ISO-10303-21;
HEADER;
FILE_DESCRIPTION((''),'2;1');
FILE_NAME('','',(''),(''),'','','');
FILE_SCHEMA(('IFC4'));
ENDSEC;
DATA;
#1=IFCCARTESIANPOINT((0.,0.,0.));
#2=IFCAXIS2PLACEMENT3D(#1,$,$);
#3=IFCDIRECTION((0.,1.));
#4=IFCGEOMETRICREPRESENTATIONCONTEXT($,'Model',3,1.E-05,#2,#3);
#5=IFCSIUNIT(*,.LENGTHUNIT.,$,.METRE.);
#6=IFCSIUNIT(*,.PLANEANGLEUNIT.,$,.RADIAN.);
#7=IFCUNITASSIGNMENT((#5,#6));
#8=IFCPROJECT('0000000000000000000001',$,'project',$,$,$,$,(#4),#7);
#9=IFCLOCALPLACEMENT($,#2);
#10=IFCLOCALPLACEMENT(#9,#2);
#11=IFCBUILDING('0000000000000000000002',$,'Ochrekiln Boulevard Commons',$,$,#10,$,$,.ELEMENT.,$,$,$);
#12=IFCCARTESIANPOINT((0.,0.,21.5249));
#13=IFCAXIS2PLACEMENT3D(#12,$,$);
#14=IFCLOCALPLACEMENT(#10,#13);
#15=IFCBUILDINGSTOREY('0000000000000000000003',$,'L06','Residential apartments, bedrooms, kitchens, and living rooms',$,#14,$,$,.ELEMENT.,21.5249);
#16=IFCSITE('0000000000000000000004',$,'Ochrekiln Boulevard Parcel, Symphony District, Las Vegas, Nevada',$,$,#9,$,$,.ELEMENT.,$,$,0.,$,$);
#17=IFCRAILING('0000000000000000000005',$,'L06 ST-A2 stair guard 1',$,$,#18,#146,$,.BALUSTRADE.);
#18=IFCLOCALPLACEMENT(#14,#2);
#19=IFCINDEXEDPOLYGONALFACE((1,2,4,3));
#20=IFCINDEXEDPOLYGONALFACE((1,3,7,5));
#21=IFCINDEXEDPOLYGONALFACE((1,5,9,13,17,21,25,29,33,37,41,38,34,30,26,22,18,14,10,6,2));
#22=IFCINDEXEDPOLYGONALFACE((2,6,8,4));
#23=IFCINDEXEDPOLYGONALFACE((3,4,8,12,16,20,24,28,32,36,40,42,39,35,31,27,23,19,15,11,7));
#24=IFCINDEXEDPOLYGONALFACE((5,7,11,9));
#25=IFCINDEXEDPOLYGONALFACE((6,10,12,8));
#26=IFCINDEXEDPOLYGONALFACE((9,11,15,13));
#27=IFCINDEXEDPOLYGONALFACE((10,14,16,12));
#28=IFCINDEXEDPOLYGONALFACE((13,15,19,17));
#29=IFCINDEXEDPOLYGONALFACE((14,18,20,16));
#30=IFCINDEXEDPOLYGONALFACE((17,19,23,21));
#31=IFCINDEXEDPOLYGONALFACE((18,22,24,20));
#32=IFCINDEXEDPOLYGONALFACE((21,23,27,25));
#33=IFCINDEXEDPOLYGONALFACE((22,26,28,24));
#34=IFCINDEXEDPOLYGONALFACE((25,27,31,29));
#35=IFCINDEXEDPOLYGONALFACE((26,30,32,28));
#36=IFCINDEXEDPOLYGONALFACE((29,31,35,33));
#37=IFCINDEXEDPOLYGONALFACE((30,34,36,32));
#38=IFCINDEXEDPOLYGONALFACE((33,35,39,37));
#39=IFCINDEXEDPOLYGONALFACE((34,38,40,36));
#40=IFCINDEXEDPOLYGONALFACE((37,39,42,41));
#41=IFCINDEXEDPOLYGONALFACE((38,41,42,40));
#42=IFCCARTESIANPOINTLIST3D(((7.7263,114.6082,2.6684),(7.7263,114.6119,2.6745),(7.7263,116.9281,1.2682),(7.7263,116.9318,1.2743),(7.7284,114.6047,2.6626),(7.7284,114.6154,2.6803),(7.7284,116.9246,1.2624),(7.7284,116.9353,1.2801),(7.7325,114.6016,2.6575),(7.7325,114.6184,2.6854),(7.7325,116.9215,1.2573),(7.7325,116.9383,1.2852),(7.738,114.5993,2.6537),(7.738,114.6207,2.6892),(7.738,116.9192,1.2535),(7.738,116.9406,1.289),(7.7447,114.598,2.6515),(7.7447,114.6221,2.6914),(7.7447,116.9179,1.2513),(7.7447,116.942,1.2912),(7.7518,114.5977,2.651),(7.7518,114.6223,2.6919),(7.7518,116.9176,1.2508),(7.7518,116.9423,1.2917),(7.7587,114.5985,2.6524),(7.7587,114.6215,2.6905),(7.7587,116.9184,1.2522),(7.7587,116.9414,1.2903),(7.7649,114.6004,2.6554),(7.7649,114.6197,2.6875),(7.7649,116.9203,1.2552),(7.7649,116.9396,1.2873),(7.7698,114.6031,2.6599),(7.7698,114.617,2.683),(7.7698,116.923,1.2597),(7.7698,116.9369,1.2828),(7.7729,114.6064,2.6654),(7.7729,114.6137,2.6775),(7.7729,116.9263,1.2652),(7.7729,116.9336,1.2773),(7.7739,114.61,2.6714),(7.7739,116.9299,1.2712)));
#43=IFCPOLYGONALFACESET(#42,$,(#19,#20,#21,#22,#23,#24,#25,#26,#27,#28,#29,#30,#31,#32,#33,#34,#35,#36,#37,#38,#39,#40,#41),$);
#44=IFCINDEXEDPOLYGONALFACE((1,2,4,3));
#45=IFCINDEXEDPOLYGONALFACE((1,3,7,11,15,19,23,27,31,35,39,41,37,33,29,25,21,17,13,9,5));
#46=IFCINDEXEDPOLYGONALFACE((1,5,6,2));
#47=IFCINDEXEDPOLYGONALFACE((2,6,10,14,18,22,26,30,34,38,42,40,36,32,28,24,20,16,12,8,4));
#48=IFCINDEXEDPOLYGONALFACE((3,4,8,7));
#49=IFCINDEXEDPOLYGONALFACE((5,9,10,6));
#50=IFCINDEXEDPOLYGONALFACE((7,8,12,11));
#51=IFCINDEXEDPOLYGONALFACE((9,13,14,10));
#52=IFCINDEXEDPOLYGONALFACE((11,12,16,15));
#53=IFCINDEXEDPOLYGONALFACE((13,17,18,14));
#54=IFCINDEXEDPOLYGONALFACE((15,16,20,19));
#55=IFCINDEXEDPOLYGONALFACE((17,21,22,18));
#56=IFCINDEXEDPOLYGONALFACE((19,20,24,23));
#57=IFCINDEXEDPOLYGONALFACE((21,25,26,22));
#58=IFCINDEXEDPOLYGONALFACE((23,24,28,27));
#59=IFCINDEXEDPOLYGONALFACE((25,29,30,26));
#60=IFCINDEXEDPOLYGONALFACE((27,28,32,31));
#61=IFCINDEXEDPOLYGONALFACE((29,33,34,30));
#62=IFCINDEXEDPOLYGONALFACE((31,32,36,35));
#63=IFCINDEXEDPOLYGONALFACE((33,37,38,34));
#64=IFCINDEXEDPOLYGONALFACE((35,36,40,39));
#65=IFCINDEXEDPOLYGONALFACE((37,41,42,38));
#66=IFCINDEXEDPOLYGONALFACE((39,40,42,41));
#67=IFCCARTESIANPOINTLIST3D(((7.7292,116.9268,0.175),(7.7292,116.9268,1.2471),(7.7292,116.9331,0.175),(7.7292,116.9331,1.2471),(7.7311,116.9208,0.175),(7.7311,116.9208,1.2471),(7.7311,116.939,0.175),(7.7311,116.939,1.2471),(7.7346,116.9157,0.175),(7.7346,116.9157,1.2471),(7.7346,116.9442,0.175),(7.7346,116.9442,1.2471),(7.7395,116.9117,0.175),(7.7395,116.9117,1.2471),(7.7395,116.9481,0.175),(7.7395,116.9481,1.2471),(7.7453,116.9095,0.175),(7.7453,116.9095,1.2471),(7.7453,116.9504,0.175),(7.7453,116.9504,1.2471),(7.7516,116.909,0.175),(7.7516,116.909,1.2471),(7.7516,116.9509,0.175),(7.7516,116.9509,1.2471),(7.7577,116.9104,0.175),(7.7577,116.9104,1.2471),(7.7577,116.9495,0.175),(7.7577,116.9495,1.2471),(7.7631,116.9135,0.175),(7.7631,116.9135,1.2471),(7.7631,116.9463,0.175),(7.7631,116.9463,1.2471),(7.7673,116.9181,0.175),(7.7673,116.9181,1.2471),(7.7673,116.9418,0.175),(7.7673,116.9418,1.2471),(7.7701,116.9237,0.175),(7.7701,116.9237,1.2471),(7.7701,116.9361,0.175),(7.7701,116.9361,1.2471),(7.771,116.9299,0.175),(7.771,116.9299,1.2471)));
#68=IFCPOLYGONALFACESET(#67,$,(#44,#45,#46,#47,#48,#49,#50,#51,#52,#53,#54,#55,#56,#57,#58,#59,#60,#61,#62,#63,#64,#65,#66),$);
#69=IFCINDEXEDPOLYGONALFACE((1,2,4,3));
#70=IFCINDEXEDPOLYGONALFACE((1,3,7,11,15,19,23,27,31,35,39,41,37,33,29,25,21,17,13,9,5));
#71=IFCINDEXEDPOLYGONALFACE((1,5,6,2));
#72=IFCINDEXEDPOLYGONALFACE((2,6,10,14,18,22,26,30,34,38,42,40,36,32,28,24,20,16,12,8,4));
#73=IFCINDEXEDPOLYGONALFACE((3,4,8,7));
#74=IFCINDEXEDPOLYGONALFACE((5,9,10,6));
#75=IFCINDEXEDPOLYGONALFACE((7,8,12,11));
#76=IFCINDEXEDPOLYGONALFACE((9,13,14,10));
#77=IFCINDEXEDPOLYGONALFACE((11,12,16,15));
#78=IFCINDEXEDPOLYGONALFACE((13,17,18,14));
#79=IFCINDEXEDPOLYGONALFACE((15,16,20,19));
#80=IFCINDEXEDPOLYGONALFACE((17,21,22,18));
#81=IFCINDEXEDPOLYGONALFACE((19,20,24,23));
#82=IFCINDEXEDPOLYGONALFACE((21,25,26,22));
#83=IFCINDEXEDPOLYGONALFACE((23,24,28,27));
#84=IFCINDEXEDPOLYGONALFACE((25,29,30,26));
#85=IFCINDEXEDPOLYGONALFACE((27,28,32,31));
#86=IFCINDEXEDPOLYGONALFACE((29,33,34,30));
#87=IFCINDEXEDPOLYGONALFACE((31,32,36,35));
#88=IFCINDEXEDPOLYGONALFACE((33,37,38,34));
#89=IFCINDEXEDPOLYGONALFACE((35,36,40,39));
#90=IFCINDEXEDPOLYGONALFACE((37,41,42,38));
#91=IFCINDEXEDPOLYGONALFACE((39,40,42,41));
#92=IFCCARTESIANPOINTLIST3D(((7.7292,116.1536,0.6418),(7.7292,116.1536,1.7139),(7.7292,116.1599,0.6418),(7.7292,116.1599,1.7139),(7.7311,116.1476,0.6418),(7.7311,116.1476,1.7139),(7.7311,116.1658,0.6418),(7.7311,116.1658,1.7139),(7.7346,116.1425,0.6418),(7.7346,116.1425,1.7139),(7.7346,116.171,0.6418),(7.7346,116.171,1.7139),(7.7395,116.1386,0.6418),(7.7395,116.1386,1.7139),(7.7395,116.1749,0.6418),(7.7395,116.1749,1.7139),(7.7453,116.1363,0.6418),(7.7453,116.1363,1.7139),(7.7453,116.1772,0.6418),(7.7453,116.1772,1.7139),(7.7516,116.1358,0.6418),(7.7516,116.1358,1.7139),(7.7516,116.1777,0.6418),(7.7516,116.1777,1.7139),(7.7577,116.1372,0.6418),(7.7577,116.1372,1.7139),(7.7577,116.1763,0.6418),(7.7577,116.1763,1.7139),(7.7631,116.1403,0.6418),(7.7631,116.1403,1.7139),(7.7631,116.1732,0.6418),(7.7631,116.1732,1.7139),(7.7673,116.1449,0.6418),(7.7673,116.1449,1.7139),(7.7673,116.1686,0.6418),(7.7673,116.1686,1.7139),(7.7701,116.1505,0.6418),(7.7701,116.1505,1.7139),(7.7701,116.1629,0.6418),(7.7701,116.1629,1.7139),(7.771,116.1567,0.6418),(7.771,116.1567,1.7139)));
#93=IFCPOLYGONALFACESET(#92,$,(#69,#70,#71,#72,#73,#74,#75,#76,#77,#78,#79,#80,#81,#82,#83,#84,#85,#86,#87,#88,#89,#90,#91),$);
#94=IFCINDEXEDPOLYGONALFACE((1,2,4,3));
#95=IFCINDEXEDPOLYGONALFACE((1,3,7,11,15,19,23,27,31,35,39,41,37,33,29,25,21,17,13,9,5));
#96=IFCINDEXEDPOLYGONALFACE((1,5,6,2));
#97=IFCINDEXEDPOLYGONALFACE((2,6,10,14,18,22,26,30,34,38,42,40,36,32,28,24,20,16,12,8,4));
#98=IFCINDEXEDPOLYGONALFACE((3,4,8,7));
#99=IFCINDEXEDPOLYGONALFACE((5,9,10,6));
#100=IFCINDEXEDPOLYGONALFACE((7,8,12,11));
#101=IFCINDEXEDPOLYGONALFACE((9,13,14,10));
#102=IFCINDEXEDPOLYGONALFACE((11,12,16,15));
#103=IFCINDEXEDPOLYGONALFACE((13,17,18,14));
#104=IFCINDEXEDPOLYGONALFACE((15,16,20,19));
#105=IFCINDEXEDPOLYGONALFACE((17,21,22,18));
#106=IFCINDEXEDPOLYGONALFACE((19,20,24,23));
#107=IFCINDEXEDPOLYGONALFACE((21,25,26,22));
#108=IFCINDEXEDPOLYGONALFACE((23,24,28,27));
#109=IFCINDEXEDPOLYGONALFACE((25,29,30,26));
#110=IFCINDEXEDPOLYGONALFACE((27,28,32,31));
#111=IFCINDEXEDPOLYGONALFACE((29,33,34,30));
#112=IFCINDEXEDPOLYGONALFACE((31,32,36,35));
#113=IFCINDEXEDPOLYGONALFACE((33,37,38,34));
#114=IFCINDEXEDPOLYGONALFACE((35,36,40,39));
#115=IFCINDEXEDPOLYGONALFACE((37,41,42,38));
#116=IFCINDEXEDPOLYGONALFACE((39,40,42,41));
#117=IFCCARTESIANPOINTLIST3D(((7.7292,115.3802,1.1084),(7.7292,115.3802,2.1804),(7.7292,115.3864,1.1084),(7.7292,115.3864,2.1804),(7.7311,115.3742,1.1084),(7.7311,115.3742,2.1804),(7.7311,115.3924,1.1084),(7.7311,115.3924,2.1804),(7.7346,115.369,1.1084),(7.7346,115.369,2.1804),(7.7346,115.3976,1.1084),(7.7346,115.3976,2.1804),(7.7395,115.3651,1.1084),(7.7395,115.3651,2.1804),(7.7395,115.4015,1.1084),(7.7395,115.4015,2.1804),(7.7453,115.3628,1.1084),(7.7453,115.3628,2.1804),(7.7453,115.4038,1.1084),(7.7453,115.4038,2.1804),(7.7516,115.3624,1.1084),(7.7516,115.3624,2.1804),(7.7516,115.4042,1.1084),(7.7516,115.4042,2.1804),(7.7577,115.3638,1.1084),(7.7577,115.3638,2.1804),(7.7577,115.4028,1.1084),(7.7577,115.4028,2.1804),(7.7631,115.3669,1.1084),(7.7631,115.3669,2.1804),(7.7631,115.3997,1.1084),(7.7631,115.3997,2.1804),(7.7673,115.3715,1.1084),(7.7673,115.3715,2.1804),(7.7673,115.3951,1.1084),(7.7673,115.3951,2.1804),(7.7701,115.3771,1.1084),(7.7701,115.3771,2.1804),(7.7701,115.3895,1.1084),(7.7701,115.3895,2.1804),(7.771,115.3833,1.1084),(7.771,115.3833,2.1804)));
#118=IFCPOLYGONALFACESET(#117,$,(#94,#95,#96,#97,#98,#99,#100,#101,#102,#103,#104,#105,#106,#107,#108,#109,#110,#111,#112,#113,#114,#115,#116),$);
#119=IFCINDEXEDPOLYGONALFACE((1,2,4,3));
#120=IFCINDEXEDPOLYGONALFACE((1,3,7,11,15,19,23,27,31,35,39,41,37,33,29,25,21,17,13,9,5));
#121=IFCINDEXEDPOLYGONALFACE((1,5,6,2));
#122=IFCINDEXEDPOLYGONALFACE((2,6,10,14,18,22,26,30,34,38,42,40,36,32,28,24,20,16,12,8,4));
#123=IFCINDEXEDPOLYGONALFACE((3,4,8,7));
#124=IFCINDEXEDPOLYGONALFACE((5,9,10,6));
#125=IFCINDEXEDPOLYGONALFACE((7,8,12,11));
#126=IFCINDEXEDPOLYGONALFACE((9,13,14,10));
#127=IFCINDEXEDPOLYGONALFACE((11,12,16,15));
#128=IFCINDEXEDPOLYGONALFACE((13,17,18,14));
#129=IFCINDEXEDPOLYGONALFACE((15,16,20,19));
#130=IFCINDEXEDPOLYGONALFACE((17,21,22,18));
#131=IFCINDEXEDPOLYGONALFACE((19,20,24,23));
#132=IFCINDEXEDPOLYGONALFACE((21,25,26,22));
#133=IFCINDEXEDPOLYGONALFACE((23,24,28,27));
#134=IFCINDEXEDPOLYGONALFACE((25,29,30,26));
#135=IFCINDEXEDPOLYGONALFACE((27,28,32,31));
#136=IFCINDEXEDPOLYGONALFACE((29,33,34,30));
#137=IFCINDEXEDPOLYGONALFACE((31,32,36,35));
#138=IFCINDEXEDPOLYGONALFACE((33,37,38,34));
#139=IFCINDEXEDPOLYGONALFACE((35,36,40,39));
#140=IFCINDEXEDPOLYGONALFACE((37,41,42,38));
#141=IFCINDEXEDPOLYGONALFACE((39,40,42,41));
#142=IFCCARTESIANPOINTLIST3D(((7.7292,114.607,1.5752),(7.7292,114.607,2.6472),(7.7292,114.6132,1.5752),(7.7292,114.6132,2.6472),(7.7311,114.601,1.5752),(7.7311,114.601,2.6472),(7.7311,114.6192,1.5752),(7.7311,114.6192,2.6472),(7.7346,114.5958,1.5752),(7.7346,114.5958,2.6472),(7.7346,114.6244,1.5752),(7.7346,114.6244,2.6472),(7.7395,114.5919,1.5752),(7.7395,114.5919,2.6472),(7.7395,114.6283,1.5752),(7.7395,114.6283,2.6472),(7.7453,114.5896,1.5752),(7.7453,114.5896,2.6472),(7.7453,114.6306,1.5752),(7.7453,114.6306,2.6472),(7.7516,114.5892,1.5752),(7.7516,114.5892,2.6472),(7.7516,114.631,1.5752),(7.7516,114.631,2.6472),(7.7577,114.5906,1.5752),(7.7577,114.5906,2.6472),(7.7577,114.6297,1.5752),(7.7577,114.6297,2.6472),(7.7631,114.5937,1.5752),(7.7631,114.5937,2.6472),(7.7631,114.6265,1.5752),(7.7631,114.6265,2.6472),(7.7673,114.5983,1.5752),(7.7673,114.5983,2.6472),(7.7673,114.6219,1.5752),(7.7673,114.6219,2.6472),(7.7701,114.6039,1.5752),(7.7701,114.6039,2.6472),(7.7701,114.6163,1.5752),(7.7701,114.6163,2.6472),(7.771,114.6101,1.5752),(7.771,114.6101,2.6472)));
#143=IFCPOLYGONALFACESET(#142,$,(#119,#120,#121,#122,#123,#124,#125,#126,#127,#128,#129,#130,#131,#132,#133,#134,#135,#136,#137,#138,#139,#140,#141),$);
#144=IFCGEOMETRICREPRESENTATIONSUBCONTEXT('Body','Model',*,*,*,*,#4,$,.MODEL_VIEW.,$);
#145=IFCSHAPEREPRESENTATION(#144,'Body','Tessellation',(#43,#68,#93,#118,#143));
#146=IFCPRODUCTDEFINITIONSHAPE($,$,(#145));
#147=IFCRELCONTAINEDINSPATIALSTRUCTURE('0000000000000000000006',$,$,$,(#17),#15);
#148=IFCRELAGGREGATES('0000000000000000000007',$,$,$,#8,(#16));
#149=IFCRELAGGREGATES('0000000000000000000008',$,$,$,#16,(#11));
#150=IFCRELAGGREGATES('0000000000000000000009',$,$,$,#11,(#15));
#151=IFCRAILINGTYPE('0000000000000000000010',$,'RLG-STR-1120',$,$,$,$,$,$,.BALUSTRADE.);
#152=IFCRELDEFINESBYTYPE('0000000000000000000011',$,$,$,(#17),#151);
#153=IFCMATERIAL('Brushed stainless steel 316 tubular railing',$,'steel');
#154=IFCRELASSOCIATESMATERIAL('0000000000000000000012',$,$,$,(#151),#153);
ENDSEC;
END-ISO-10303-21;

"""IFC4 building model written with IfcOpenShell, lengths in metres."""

from ifc_helpers import new_model, si_unit, direction, frame, origin, origin_2d, place, context, subcontext, project, spatial, circle, extrude, material, type_object, element, save


model = new_model("IFC4")

# Units and contexts
model_context = context("Model", 3, precision=1e-05, world=origin(), true_north=direction((0.0, 1.0)))
body_context = subcontext(model_context, "Body", "Model", "MODEL_VIEW")
ifc_project = project(units=[si_unit("LENGTHUNIT", "METRE"), si_unit("PLANEANGLEUNIT", "RADIAN")], contexts=[model_context])

# Site, building, storey
site_placement = place(None, origin())
site = spatial("IfcSite", under=ifc_project, at=site_placement, Name="Ochrekiln Boulevard Parcel, Symphony District, Las Vegas, Nevada", CompositionType="ELEMENT", RefElevation=0.0)
building_placement = place(site_placement, origin())
building = spatial("IfcBuilding", under=site, at=building_placement, Name="Ochrekiln Boulevard Commons", CompositionType="ELEMENT")
storey_placement = place(building_placement, frame((0.0, 0.0, 21.5249)))
storey = spatial("IfcBuildingStorey", under=building, at=storey_placement, Name="L06", Description="Residential apartments, bedrooms, kitchens, and living rooms", CompositionType="ELEMENT", Elevation=21.5249)

# Railing
ifc_material_1 = material(Name="Brushed stainless steel 316 tubular railing", Category="steel")
railing_type_1 = type_object("IfcRailingType", Name="RLG-STR-1120", PredefinedType="BALUSTRADE", material=ifc_material_1)
railing_1_placement = place(storey_placement, frame((7.75, 116.9299, 0.175)))
element("IfcRailing", 1, at=railing_1_placement, inside=storey, type_object=railing_type_1, Name="L06 ST-A2 stair guard 1", PredefinedType="BALUSTRADE", context=body_context, shape_type="SweptSolid", body=[
    extrude(circle(Radius=0.0239, at=origin_2d()), frame((0.0, 0.0, 1.0962), z_axis=(0.0, -0.856146, 0.516733), x_axis=(1.0, 0.0, 0.0)), (0.0, 0.0, 1.0), 2.7097),
    extrude(circle(Radius=0.021, at=origin_2d()), origin(), (0.0, 0.0, 1.0), 1.072),
    extrude(circle(Radius=0.021, at=origin_2d()), frame((0.0, -0.7732, 0.4668)), (0.0, 0.0, 1.0), 1.072),
    extrude(circle(Radius=0.021, at=origin_2d()), frame((0.0, -1.5466, 0.9333)), (0.0, 0.0, 1.0), 1.072),
    extrude(circle(Radius=0.021, at=origin_2d()), frame((0.0, -2.3198, 1.4001)), (0.0, 0.0, 1.0), 1.072),
])

save(model, "model.ifc")
